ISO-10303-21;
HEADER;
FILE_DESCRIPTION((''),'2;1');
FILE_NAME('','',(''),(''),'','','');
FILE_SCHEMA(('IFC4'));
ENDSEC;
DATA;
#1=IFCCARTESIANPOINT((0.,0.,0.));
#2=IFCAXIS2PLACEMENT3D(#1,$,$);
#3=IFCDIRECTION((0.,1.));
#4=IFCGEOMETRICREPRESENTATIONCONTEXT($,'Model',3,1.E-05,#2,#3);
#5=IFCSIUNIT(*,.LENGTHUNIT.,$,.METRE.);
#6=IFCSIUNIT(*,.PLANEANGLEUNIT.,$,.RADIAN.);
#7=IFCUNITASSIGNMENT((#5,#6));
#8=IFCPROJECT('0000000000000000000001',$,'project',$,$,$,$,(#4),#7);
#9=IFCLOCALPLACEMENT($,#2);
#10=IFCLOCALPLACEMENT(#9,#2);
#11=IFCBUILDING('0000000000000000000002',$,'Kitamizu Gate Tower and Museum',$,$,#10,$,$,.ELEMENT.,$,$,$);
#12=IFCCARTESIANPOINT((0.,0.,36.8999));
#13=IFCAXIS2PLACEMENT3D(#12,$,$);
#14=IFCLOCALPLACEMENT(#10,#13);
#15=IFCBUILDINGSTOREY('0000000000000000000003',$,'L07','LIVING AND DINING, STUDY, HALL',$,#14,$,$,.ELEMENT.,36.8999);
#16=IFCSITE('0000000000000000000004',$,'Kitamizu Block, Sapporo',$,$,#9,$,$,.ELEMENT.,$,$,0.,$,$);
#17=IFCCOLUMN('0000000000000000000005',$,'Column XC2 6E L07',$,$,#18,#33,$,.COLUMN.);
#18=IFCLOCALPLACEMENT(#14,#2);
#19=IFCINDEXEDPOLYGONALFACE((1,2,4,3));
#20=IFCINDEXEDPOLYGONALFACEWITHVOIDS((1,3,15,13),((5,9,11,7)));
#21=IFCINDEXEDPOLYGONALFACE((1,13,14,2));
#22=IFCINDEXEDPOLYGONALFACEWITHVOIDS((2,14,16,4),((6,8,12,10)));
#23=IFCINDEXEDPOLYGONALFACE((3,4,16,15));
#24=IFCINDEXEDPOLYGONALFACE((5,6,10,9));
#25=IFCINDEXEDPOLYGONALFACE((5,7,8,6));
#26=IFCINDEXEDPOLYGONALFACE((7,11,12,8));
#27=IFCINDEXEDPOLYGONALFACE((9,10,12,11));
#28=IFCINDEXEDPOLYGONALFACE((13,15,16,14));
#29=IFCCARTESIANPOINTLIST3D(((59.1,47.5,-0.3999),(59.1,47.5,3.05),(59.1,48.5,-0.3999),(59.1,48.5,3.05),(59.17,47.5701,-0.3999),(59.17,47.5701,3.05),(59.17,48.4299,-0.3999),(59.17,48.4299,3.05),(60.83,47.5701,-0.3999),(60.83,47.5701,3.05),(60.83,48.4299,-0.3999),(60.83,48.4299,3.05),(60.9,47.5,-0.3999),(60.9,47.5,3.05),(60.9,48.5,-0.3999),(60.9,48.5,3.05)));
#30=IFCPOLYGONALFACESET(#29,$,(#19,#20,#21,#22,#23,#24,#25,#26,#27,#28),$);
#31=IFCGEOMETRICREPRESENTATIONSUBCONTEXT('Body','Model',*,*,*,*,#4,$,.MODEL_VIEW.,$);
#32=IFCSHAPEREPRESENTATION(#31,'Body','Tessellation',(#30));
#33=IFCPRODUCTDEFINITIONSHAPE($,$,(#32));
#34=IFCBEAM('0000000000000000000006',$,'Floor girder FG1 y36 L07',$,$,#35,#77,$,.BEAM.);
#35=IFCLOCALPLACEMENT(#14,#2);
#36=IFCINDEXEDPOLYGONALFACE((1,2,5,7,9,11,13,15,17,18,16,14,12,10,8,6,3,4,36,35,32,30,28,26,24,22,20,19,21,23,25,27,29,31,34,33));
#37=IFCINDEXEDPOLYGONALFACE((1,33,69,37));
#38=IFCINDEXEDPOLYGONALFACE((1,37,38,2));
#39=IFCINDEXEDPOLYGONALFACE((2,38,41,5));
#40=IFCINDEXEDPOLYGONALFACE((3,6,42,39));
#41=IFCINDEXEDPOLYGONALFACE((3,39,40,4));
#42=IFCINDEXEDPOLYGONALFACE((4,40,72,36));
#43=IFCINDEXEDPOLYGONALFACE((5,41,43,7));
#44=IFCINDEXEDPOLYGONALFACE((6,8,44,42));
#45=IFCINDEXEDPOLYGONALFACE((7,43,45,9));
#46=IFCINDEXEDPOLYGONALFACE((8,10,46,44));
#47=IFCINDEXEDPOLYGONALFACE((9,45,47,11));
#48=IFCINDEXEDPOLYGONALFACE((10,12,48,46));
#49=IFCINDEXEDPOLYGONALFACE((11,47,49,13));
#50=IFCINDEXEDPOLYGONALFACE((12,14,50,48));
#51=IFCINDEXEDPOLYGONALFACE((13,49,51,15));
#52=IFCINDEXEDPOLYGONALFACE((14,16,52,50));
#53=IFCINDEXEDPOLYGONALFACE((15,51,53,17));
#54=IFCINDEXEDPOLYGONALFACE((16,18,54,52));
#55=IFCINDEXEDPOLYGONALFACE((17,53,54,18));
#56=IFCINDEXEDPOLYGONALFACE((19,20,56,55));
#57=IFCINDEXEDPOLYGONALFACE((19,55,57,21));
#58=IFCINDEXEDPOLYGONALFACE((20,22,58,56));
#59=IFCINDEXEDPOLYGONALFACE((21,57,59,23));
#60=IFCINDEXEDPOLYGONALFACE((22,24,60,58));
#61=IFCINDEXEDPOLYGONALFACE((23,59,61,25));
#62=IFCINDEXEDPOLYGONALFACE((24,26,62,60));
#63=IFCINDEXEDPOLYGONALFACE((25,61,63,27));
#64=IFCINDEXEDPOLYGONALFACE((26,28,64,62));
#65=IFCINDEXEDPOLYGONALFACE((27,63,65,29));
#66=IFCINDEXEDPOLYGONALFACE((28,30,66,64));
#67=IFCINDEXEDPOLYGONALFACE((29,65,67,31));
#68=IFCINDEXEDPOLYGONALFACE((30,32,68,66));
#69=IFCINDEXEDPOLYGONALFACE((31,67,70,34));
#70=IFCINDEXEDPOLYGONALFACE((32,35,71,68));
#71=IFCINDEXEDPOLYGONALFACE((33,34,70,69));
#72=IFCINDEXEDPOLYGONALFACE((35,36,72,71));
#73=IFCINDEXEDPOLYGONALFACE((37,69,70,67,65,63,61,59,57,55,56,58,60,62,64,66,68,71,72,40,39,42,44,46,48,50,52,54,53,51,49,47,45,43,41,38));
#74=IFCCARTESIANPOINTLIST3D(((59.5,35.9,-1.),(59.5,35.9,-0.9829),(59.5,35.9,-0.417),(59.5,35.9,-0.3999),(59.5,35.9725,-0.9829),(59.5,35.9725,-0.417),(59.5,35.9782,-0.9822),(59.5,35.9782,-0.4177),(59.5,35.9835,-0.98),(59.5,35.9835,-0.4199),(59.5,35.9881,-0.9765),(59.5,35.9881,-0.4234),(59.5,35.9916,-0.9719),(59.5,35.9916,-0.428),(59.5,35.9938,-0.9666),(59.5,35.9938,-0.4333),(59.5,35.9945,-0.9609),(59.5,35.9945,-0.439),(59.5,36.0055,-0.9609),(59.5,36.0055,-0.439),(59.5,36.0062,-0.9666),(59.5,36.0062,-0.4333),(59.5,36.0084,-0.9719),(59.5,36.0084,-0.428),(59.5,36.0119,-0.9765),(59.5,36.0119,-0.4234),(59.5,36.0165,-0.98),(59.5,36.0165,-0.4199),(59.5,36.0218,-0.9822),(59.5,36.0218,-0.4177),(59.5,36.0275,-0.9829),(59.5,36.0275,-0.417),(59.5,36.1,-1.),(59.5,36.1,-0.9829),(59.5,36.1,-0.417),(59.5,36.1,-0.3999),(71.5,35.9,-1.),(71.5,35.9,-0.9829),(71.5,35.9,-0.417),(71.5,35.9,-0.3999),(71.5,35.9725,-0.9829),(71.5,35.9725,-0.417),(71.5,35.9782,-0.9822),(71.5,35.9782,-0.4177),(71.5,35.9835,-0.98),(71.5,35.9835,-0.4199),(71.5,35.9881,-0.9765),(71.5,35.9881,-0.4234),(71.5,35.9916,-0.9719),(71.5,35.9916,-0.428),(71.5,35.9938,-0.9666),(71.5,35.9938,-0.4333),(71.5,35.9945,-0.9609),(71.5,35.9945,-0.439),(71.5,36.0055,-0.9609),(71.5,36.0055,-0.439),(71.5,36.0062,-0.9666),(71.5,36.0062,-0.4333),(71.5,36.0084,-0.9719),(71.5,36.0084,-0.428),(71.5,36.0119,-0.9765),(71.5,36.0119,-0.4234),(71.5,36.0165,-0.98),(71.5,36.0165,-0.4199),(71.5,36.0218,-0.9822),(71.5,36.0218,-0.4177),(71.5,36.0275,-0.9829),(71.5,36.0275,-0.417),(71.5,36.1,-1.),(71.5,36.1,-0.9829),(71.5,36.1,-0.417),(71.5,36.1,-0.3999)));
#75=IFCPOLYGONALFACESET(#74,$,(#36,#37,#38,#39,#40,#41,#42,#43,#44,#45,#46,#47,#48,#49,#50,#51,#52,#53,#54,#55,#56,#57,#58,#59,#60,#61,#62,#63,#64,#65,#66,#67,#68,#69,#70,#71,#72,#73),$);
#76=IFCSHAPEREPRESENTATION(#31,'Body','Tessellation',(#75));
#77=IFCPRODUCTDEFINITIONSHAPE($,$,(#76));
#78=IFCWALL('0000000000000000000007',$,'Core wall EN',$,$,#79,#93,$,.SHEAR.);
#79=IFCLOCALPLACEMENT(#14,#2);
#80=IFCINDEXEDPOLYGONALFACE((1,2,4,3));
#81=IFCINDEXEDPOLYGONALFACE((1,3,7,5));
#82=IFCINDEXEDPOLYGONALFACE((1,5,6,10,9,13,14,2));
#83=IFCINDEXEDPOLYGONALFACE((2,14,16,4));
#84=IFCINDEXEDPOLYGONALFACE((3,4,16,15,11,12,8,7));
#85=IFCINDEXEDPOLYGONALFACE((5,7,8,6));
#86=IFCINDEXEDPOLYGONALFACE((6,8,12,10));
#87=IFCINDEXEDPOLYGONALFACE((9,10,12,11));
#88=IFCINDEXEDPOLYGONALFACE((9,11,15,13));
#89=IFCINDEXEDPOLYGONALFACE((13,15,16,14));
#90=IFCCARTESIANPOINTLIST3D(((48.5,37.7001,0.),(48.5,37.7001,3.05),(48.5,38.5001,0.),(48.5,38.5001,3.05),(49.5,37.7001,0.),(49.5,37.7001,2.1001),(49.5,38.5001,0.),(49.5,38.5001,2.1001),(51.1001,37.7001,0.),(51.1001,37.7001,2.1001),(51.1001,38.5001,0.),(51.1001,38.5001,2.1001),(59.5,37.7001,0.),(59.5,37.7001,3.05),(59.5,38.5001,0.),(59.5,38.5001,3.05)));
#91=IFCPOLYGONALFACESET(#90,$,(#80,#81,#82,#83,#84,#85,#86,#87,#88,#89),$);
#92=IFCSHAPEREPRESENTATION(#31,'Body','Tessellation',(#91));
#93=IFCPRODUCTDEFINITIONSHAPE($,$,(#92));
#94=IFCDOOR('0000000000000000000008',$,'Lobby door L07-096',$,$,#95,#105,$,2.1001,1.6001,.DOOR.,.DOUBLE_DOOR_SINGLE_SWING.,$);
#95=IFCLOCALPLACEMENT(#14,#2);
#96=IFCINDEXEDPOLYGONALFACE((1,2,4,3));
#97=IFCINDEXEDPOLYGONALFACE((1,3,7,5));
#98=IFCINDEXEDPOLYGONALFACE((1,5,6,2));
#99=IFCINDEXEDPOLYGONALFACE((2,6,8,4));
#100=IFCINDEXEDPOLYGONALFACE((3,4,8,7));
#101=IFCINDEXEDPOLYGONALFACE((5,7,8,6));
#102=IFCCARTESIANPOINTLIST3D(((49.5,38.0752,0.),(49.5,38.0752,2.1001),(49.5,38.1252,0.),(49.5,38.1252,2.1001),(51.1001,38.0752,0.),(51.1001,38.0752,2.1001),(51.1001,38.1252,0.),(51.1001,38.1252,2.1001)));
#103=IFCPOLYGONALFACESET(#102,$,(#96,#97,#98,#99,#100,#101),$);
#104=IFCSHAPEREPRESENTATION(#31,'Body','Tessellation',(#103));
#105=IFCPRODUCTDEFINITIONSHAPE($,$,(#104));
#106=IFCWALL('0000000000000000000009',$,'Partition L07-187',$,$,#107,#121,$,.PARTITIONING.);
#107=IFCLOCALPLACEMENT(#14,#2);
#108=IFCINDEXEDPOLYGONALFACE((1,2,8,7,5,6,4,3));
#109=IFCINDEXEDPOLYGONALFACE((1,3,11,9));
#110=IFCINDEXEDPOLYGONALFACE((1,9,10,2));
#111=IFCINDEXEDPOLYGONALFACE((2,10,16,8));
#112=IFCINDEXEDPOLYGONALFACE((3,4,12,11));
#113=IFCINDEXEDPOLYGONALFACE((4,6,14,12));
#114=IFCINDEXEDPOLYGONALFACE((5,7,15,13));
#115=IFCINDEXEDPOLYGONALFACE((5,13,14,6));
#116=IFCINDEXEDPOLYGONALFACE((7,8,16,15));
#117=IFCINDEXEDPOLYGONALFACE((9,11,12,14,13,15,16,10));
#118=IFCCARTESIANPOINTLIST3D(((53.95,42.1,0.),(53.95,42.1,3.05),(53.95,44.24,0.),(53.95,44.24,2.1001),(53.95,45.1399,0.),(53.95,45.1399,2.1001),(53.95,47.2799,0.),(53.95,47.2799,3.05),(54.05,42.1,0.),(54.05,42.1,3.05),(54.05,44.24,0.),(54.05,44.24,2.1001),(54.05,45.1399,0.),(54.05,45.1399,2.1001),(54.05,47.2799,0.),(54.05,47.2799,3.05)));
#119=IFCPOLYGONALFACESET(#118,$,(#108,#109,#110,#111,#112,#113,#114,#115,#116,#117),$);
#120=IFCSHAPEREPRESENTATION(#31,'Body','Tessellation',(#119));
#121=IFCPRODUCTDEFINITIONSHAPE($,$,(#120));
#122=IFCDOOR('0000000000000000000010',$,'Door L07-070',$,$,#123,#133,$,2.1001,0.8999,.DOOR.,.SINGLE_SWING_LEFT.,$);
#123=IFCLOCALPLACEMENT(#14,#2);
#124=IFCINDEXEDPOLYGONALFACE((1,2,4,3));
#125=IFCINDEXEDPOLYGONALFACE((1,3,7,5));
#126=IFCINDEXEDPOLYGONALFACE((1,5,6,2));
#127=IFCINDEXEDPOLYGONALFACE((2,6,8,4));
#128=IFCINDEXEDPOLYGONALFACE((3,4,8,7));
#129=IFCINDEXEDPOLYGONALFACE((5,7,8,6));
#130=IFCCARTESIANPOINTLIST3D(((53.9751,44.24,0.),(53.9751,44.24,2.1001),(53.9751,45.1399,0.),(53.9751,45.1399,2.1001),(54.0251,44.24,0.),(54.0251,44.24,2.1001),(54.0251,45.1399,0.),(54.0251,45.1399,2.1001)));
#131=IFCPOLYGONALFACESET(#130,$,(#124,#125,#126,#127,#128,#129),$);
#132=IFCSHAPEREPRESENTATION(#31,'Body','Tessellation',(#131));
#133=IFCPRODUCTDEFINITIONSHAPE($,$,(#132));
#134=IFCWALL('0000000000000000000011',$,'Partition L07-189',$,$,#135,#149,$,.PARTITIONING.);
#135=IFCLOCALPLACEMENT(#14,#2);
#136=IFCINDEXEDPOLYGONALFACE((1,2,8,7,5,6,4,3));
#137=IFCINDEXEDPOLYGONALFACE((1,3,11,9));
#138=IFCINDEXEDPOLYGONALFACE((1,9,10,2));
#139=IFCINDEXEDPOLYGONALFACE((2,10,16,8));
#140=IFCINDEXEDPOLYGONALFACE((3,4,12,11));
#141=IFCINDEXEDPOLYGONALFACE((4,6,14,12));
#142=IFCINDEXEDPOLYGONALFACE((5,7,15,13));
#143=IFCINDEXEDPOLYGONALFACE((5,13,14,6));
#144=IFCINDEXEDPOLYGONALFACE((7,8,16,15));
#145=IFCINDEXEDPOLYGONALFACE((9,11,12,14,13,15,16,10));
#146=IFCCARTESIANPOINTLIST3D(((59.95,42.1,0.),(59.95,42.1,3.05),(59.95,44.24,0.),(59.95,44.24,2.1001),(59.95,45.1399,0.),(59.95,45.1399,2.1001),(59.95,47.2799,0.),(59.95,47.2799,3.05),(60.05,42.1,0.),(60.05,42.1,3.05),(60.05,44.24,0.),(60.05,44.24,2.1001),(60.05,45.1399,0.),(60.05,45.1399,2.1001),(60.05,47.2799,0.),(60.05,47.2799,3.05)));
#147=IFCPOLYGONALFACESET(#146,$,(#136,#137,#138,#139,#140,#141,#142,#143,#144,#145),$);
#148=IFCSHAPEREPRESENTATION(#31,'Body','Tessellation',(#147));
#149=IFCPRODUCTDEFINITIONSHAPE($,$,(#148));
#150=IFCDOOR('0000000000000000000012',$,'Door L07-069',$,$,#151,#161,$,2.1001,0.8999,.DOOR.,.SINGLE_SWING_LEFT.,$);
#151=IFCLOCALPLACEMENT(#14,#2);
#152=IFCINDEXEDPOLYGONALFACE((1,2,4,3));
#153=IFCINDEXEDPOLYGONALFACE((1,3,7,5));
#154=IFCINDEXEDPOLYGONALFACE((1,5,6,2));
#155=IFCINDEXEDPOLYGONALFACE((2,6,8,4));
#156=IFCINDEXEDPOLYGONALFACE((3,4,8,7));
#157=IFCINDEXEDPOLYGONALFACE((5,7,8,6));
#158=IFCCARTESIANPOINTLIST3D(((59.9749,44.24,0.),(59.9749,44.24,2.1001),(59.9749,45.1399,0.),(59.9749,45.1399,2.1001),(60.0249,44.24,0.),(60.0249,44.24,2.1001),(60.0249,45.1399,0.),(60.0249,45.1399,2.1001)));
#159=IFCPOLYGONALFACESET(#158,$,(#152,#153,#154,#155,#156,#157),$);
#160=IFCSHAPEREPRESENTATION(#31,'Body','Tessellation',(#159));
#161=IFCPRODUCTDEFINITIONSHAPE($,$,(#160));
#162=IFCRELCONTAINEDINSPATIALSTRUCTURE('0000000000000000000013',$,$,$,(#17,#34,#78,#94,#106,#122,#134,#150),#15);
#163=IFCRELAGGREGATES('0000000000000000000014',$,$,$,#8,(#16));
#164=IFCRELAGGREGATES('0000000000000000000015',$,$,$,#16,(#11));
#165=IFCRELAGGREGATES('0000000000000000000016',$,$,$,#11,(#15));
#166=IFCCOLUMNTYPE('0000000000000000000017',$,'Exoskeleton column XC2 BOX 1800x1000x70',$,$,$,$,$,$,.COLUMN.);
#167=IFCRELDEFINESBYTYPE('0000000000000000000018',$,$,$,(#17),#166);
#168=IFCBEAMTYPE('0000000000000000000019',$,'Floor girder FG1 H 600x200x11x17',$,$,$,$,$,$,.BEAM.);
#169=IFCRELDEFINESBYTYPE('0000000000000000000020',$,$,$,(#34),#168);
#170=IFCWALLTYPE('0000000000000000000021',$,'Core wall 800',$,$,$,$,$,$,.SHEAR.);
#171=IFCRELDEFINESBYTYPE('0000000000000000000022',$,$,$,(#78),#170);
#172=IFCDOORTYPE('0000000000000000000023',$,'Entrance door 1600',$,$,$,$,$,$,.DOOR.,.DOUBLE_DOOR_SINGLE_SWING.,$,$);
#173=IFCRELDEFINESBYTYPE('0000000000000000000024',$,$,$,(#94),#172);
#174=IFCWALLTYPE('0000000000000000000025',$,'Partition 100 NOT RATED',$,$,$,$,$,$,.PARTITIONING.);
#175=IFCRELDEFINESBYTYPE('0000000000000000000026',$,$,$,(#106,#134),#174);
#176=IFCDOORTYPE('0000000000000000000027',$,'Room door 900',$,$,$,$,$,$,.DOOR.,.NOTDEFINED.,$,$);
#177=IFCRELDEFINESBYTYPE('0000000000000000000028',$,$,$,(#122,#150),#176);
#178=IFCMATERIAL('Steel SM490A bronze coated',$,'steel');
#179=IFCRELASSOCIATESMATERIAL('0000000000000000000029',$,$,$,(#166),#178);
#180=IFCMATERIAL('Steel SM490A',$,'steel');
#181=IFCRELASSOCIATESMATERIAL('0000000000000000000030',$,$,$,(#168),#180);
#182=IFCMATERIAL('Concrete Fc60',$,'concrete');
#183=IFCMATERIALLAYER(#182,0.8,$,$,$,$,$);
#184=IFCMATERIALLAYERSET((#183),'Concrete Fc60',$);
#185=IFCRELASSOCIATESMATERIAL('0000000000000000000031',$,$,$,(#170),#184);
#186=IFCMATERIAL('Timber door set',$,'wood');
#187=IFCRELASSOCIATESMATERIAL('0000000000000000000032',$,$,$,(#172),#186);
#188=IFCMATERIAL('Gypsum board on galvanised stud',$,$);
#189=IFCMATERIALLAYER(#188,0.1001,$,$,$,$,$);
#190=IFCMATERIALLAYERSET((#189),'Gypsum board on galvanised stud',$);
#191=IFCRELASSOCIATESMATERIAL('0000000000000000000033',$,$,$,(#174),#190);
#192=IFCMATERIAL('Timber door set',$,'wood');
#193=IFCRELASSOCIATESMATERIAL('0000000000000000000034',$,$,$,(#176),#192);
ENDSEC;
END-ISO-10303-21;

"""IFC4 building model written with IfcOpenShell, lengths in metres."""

from ifc_helpers import new_model, si_unit, direction, frame, frame_2d, origin, origin_2d, place, context, subcontext, project, spatial, rectangle, hollow_rectangle, i_section, extrude, material, layer, layer_set, material_profile, profile_set, type_object, element, fill, save


model = new_model("IFC4")

# Units and contexts
model_context = context("Model", 3, precision=1e-05, world=origin(), true_north=direction((0.0, 1.0)))
body_context = subcontext(model_context, "Body", "Model", "MODEL_VIEW")
ifc_project = project(units=[si_unit("LENGTHUNIT", "METRE"), si_unit("PLANEANGLEUNIT", "RADIAN")], contexts=[model_context])

# Site, building, storey
site_placement = place(None, origin())
site = spatial("IfcSite", under=ifc_project, at=site_placement, Name="Kitamizu Block, Sapporo", CompositionType="ELEMENT", RefElevation=0.0)
building_placement = place(site_placement, origin())
building = spatial("IfcBuilding", under=site, at=building_placement, Name="Kitamizu Gate Tower and Museum", CompositionType="ELEMENT")
storey_placement = place(building_placement, frame((0.0, 0.0, 36.8999)))
storey = spatial("IfcBuildingStorey", under=building, at=storey_placement, Name="L07", Description="LIVING AND DINING, STUDY, HALL", CompositionType="ELEMENT", Elevation=36.8999)

# Column
ifc_material_1 = material(Name="Steel SM490A bronze coated", Category="steel")
ifc_material_profile_1 = material_profile(ifc_material_1, hollow_rectangle(XDim=1.8, YDim=1.0, WallThickness=0.0701, at=origin_2d()), Name="BOX 1800x1000x70")
ifc_profile_set_1 = profile_set([ifc_material_profile_1], Name="Steel SM490A bronze coated")
column_type = type_object("IfcColumnType", Name="Exoskeleton column XC2 BOX 1800x1000x70", PredefinedType="COLUMN", material=ifc_profile_set_1)
column_placement = place(storey_placement, frame((60.0, 48.0, -0.3999), z_axis=(0.0, 0.0, 1.0), x_axis=(1.0, 0.0, 0.0)))
element("IfcColumn", 1, at=column_placement, inside=storey, type_object=column_type, Name="Column XC2 6E L07", PredefinedType="COLUMN", context=body_context, shape_type="SweptSolid", body=[
    extrude(hollow_rectangle(XDim=1.8, YDim=1.0, WallThickness=0.0701, at=origin_2d()), origin(), (0.0, 0.0, 1.0), 3.45),
])

# Beam
ifc_material_2 = material(Name="Steel SM490A", Category="steel")
ifc_material_profile_2 = material_profile(ifc_material_2, i_section(OverallWidth=0.2, OverallDepth=0.6001, WebThickness=0.011, FlangeThickness=0.0171, FilletRadius=0.022, at=origin_2d()), Name="H-600x200x11x17")
ifc_profile_set_2 = profile_set([ifc_material_profile_2], Name="Steel SM490A")
beam_type = type_object("IfcBeamType", Name="Floor girder FG1 H 600x200x11x17", PredefinedType="BEAM", material=ifc_profile_set_2)
beam_placement = place(storey_placement, frame((59.5, 36.0, -0.7), z_axis=(1.0, 0.0, 0.0), x_axis=(0.0, 1.0, 0.0)))
element("IfcBeam", 2, at=beam_placement, inside=storey, type_object=beam_type, Name="Floor girder FG1 y36 L07", PredefinedType="BEAM", context=body_context, shape_type="SweptSolid", body=[
    extrude(i_section(OverallWidth=0.2, OverallDepth=0.6001, WebThickness=0.011, FlangeThickness=0.0171, FilletRadius=0.022, at=origin_2d()), origin(), (0.0, 0.0, 1.0), 12.0),
])

# Walls, openings, doors
ifc_material_3 = material(Name="Concrete Fc60", Category="concrete")
ifc_layer_1 = layer(ifc_material_3, 0.8)
ifc_layer_set_1 = layer_set([ifc_layer_1], Name="Concrete Fc60")
wall_type_1 = type_object("IfcWallType", Name="Core wall 800", PredefinedType="SHEAR", material=ifc_layer_set_1)
wall_1_placement = place(storey_placement, frame((59.5, 38.1001, 0.0), z_axis=(0.0, 0.0, 1.0), x_axis=(-1.0, 0.0, 0.0)))
wall_1 = element("IfcWall", 3, at=wall_1_placement, inside=storey, type_object=wall_type_1, Name="Core wall EN", PredefinedType="SHEAR", context=body_context, shape_type="SweptSolid", body=[
    extrude(rectangle(XDim=11.0, YDim=0.8, at=frame_2d((5.5, 0.0))), origin(), (0.0, 0.0, 1.0), 3.05),
])
opening_1_placement = place(wall_1_placement, frame((8.3999, 0.0, 0.0)))
opening_1 = element("IfcOpeningElement", 4, at=opening_1_placement, cuts=wall_1, PredefinedType="OPENING", context=body_context, shape_type="SweptSolid", body=[
    extrude(rectangle(XDim=1.6001, YDim=2.1001, at=frame_2d((0.8, 1.05))), frame((0.0, 0.4102, 0.0), z_axis=(0.0, -1.0, 0.0), x_axis=(1.0, 0.0, 0.0)), (0.0, 0.0, 1.0), 0.8201),
])
ifc_material_4 = material(Name="Timber door set", Category="wood")
door_type_1 = type_object("IfcDoorType", Name="Entrance door 1600", OperationType="DOUBLE_DOOR_SINGLE_SWING", PredefinedType="DOOR", material=ifc_material_4)
door_1_placement = place(opening_1_placement, origin())
door_1 = element("IfcDoor", 5, at=door_1_placement, inside=storey, type_object=door_type_1, Name="Lobby door L07-096", OperationType="DOUBLE_DOOR_SINGLE_SWING", OverallHeight=2.1001, OverallWidth=1.6001, PredefinedType="DOOR", context=body_context, shape_type="SweptSolid", body=[
    extrude(rectangle(XDim=1.6001, YDim=2.1001, at=frame_2d((0.8, 1.05))), frame((0.0, 0.0249, 0.0), z_axis=(0.0, -1.0, 0.0), x_axis=(1.0, 0.0, 0.0)), (0.0, 0.0, 1.0), 0.05),
])
fill(opening_1, door_1)
ifc_material_5 = material(Name="Gypsum board on galvanised stud")
ifc_layer_2 = layer(ifc_material_5, 0.1001)
ifc_layer_set_2 = layer_set([ifc_layer_2], Name="Gypsum board on galvanised stud")
wall_type_2 = type_object("IfcWallType", Name="Partition 100 NOT RATED", PredefinedType="PARTITIONING", material=ifc_layer_set_2)
wall_2_placement = place(storey_placement, frame((54.0, 42.1001, 0.0), z_axis=(0.0, 0.0, 1.0), x_axis=(0.0, 1.0, 0.0)))
wall_2 = element("IfcWall", 6, at=wall_2_placement, inside=storey, type_object=wall_type_2, Name="Partition L07-187", PredefinedType="PARTITIONING", context=body_context, shape_type="SweptSolid", body=[
    extrude(rectangle(XDim=5.1799, YDim=0.1001, at=frame_2d((2.5898, 0.0))), origin(), (0.0, 0.0, 1.0), 3.05),
])
opening_2_placement = place(wall_2_placement, frame((2.1399, 0.0, 0.0)))
opening_2 = element("IfcOpeningElement", 7, at=opening_2_placement, cuts=wall_2, PredefinedType="OPENING", context=body_context, shape_type="SweptSolid", body=[
    extrude(rectangle(XDim=0.8999, YDim=2.1001, at=frame_2d((0.45, 1.05))), frame((0.0, 0.0601, 0.0), z_axis=(0.0, -1.0, 0.0), x_axis=(1.0, 0.0, 0.0)), (0.0, 0.0, 1.0), 0.1201),
])
ifc_material_6 = material(Name="Timber door set", Category="wood")
door_type_2 = type_object("IfcDoorType", Name="Room door 900", OperationType="NOTDEFINED", PredefinedType="DOOR", material=ifc_material_6)
door_2_placement = place(opening_2_placement, origin())
door_2 = element("IfcDoor", 8, at=door_2_placement, inside=storey, type_object=door_type_2, Name="Door L07-070", OperationType="SINGLE_SWING_LEFT", OverallHeight=2.1001, OverallWidth=0.8999, PredefinedType="DOOR", context=body_context, shape_type="SweptSolid", body=[
    extrude(rectangle(XDim=0.8999, YDim=2.1001, at=frame_2d((0.45, 1.05))), frame((0.0, 0.0249, 0.0), z_axis=(0.0, -1.0, 0.0), x_axis=(1.0, 0.0, 0.0)), (0.0, 0.0, 1.0), 0.05),
])
fill(opening_2, door_2)
wall_3_placement = place(storey_placement, frame((60.0, 42.1001, 0.0), z_axis=(0.0, 0.0, 1.0), x_axis=(0.0, 1.0, 0.0)))
wall_3 = element("IfcWall", 9, at=wall_3_placement, inside=storey, type_object=wall_type_2, Name="Partition L07-189", PredefinedType="PARTITIONING", context=body_context, shape_type="SweptSolid", body=[
    extrude(rectangle(XDim=5.1799, YDim=0.1001, at=frame_2d((2.5898, 0.0))), origin(), (0.0, 0.0, 1.0), 3.05),
])
opening_3_placement = place(wall_3_placement, frame((2.1399, 0.0, 0.0)))
opening_3 = element("IfcOpeningElement", 10, at=opening_3_placement, cuts=wall_3, PredefinedType="OPENING", context=body_context, shape_type="SweptSolid", body=[
    extrude(rectangle(XDim=0.8999, YDim=2.1001, at=frame_2d((0.45, 1.05))), frame((0.0, 0.0601, 0.0), z_axis=(0.0, -1.0, 0.0), x_axis=(1.0, 0.0, 0.0)), (0.0, 0.0, 1.0), 0.1201),
])
door_3_placement = place(opening_3_placement, frame((0.8999, 0.0, 0.0), x_axis=(-1.0, 0.0, 0.0)))
door_3 = element("IfcDoor", 11, at=door_3_placement, inside=storey, type_object=door_type_2, Name="Door L07-069", OperationType="SINGLE_SWING_LEFT", OverallHeight=2.1001, OverallWidth=0.8999, PredefinedType="DOOR", context=body_context, shape_type="SweptSolid", body=[
    extrude(rectangle(XDim=0.8999, YDim=2.1001, at=frame_2d((0.45, 1.05))), frame((0.0, 0.0249, 0.0), z_axis=(0.0, -1.0, 0.0), x_axis=(1.0, 0.0, 0.0)), (0.0, 0.0, 1.0), 0.05),
])
fill(opening_3, door_3)

save(model, "model.ifc")
